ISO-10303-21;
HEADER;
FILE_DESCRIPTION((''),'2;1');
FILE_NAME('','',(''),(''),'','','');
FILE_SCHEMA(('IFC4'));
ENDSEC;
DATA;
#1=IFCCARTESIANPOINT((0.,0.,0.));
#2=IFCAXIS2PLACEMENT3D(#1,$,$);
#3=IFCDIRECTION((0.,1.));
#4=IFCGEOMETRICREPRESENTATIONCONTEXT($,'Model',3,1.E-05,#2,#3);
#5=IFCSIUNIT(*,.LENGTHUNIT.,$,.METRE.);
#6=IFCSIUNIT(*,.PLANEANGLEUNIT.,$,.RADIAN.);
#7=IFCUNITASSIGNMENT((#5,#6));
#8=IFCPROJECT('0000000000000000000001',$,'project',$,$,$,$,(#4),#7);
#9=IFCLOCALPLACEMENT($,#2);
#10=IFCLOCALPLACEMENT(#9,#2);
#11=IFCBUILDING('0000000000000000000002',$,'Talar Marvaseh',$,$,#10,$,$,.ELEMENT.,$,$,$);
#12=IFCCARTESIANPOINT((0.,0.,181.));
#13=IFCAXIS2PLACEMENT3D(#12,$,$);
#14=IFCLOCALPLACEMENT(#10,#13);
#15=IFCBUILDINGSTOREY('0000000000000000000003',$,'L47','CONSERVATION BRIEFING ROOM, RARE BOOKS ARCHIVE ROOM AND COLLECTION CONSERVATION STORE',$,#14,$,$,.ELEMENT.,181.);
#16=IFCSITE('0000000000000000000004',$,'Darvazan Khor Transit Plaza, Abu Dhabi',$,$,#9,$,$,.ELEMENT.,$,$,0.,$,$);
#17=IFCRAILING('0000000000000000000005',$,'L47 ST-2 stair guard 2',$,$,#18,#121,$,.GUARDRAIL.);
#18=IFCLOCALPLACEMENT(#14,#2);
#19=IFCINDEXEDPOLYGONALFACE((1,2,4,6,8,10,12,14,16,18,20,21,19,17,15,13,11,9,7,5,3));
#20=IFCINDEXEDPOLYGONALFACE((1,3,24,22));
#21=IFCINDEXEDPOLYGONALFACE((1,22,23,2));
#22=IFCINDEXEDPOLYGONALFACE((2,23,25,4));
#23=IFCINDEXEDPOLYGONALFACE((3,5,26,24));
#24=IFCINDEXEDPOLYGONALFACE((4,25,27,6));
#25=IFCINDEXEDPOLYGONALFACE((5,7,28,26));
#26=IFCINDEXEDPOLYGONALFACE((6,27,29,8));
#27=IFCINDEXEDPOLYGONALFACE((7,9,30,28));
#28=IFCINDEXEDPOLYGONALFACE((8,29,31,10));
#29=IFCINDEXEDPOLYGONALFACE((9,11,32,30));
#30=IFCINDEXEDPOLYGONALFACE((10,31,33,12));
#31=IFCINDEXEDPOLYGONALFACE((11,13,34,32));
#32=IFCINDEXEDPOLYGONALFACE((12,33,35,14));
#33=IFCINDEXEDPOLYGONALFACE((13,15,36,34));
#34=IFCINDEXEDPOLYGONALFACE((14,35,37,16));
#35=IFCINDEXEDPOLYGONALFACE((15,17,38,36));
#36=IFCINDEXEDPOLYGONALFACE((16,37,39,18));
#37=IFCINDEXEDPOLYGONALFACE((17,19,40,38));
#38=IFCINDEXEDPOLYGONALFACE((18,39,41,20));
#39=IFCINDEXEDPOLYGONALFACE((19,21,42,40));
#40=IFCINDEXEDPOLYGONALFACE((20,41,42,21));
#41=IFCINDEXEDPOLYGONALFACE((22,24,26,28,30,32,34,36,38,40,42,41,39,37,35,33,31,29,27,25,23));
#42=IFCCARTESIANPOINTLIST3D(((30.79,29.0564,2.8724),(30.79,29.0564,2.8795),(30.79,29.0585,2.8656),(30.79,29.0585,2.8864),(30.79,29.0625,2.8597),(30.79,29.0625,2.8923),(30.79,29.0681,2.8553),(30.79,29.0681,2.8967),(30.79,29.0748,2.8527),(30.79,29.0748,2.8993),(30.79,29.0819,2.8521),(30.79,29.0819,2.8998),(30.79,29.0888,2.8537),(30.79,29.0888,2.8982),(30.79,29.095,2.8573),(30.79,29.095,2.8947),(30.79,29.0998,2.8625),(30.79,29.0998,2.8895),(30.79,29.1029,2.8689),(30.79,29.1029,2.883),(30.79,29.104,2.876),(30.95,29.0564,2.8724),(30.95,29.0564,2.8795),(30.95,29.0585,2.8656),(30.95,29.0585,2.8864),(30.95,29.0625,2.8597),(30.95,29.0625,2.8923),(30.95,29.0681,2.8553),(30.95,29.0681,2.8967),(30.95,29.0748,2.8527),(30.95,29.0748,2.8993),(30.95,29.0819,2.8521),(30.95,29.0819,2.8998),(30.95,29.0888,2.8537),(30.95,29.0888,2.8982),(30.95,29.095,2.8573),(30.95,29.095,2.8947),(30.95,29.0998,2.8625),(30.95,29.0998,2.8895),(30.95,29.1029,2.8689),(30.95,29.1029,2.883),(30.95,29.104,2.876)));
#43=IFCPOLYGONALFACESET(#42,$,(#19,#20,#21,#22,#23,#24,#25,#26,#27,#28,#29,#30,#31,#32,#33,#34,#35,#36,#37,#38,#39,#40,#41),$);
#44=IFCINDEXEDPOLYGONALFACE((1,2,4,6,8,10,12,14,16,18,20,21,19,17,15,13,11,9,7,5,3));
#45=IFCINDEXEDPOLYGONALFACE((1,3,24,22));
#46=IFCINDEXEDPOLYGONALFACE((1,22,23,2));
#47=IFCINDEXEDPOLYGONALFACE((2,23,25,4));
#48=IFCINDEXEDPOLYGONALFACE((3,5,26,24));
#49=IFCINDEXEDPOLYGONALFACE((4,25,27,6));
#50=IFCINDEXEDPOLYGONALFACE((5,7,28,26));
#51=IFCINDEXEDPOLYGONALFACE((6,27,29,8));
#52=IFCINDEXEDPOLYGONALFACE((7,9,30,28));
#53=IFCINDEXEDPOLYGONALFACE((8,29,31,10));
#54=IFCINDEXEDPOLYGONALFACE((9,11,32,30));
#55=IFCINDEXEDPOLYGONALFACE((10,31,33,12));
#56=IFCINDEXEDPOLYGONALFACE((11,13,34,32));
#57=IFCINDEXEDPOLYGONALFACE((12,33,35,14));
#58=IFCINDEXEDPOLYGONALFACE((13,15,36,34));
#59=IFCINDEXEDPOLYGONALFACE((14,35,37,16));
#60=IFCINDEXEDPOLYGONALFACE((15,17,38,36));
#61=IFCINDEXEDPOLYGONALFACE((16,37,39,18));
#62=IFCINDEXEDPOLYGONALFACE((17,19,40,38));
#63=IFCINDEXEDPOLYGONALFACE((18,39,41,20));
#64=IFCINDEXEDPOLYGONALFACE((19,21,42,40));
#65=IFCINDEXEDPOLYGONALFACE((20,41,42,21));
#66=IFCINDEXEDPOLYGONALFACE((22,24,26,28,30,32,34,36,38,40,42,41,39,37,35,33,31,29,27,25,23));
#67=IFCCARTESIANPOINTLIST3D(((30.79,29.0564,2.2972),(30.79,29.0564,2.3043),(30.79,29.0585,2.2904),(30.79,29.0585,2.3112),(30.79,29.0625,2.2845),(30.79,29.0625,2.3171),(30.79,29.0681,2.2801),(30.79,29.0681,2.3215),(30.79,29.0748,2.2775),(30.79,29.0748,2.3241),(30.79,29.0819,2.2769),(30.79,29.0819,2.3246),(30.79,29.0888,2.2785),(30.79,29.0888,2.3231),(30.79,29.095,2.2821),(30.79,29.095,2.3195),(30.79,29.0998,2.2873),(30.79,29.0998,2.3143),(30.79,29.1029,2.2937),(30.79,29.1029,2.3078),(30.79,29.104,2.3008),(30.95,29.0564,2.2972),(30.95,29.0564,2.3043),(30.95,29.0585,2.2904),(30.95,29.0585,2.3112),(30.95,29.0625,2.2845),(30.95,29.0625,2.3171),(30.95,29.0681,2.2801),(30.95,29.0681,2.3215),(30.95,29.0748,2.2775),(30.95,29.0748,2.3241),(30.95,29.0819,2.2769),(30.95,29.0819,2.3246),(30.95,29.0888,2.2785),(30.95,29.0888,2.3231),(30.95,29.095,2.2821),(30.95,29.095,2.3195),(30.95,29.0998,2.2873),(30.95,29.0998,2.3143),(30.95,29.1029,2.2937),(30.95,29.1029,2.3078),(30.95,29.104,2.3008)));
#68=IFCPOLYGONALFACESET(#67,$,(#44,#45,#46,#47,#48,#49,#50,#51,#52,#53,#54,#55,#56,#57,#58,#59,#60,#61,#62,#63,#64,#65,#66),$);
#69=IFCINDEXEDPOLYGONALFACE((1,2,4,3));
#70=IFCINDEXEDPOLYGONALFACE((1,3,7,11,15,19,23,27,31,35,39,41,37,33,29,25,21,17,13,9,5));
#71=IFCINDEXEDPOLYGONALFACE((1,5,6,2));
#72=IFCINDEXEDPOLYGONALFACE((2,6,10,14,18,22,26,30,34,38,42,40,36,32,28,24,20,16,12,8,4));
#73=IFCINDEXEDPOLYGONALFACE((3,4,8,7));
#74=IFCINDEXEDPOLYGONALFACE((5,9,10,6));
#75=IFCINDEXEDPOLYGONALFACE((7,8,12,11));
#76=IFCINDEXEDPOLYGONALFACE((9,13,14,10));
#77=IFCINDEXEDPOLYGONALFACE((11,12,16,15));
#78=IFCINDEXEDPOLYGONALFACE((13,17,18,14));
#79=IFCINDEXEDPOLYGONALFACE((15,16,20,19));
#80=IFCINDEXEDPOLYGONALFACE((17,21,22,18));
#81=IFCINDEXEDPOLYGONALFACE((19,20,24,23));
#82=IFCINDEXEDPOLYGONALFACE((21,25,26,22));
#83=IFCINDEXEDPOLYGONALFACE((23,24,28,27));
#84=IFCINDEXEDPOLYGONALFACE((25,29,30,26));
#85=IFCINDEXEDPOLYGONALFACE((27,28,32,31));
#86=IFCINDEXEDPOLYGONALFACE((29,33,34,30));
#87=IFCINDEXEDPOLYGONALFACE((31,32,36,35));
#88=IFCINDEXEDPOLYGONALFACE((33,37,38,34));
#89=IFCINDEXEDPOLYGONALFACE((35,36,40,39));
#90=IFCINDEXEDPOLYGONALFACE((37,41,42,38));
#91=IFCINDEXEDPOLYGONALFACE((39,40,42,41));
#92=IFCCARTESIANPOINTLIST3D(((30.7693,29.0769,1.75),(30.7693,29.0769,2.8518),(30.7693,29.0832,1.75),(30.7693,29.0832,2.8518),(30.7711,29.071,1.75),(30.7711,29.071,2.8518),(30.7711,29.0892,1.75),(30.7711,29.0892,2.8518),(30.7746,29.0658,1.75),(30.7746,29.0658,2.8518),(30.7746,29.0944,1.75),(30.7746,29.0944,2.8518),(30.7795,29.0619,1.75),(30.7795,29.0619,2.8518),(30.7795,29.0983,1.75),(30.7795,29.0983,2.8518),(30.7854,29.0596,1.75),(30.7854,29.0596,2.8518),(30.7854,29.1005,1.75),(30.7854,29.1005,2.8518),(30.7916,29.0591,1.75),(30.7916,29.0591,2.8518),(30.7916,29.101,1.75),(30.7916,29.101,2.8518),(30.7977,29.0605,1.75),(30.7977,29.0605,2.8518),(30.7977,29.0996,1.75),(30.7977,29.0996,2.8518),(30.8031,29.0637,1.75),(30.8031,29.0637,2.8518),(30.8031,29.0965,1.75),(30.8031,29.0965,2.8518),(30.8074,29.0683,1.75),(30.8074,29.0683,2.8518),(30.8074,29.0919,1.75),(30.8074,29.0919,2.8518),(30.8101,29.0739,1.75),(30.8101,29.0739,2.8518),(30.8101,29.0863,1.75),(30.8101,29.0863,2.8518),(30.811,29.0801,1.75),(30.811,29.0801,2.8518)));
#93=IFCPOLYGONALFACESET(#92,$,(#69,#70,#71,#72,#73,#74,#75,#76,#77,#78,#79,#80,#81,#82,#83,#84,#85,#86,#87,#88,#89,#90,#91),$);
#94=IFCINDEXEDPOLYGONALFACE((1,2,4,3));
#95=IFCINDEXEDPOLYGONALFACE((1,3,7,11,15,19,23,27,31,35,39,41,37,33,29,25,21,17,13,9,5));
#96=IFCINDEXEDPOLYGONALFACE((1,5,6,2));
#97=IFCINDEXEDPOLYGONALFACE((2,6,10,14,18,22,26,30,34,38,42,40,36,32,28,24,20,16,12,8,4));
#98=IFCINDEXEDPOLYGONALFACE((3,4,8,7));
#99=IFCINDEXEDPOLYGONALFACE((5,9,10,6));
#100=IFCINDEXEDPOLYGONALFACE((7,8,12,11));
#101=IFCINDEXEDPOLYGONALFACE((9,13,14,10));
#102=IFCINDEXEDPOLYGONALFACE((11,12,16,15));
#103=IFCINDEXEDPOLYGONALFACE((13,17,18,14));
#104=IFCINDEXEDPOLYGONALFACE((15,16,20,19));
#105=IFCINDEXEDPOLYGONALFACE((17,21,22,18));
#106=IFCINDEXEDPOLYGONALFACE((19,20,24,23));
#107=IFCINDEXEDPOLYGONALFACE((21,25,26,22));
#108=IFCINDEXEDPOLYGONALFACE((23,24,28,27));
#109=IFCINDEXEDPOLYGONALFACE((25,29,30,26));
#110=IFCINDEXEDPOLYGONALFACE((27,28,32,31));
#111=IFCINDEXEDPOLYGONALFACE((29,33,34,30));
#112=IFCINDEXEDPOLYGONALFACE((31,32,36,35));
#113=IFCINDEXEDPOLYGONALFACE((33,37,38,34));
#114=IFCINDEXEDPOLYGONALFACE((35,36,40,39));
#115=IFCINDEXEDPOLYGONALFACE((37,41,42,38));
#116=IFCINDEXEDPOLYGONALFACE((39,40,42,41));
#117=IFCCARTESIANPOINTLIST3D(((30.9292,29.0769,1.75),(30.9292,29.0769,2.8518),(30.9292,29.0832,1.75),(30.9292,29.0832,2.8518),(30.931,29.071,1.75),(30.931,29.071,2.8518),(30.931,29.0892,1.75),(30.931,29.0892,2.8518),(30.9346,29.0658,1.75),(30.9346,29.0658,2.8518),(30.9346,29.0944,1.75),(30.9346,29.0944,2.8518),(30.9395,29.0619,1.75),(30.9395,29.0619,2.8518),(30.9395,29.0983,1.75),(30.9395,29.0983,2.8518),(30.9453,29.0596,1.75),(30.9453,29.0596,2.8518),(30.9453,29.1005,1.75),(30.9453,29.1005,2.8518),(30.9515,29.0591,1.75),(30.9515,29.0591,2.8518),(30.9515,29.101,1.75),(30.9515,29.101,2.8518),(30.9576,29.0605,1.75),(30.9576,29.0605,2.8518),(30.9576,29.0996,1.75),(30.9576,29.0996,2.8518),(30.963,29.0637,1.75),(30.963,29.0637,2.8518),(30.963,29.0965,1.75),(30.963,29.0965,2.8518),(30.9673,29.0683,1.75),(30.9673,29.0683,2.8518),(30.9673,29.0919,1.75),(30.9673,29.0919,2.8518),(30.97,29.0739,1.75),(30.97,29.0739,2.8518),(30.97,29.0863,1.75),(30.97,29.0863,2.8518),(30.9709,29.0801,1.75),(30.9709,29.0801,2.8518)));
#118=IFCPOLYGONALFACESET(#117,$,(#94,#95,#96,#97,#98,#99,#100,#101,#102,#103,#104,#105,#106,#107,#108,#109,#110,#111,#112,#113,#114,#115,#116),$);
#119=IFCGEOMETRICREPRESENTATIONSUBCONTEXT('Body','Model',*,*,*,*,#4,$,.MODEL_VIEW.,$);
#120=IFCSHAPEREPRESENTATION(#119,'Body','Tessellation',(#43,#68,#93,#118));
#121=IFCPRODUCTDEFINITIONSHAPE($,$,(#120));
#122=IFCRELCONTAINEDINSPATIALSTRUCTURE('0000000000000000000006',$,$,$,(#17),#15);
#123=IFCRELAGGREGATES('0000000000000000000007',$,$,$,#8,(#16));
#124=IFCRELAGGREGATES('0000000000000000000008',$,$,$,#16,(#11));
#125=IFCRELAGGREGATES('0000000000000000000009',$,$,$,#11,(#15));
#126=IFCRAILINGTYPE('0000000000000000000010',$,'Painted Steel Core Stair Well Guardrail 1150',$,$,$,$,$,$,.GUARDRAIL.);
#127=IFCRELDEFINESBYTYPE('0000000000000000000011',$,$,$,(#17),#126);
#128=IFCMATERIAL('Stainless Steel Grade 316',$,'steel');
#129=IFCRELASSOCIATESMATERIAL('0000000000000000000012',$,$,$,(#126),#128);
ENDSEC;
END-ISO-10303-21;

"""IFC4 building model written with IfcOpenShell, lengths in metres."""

from ifc_helpers import new_model, si_unit, direction, frame, origin, origin_2d, place, context, subcontext, project, spatial, circle, extrude, material, type_object, element, save


model = new_model("IFC4")

# Units and contexts
model_context = context("Model", 3, precision=1e-05, world=origin(), true_north=direction((0.0, 1.0)))
body_context = subcontext(model_context, "Body", "Model", "MODEL_VIEW")
ifc_project = project(units=[si_unit("LENGTHUNIT", "METRE"), si_unit("PLANEANGLEUNIT", "RADIAN")], contexts=[model_context])

# Site, building, storey
site_placement = place(None, origin())
site = spatial("IfcSite", under=ifc_project, at=site_placement, Name="Darvazan Khor Transit Plaza, Abu Dhabi", CompositionType="ELEMENT", RefElevation=0.0)
building_placement = place(site_placement, origin())
building = spatial("IfcBuilding", under=site, at=building_placement, Name="Talar Marvaseh", CompositionType="ELEMENT")
storey_placement = place(building_placement, frame((0.0, 0.0, 181.0)))
storey = spatial("IfcBuildingStorey", under=building, at=storey_placement, Name="L47", Description="CONSERVATION BRIEFING ROOM, RARE BOOKS ARCHIVE ROOM AND COLLECTION CONSERVATION STORE", CompositionType="ELEMENT", Elevation=181.0)

# Shared definitions
ifc_material_1 = material(Name="Stainless Steel Grade 316", Category="steel")

# Railing
railing_type_1 = type_object("IfcRailingType", Name="Painted Steel Core Stair Well Guardrail 1150", PredefinedType="GUARDRAIL", material=ifc_material_1)
railing_1_placement = place(storey_placement, frame((30.79, 29.0801, 1.75)))
element("IfcRailing", 1, at=railing_1_placement, inside=storey, type_object=railing_type_1, Name="L47 ST-2 stair guard 2", PredefinedType="GUARDRAIL", context=body_context, shape_type="SweptSolid", body=[
    extrude(circle(Radius=0.0239, at=origin_2d()), frame((0.0, 0.0, 1.126), z_axis=(1.0, 0.0, 0.0), x_axis=(0.0, 1.0, 0.0)), (0.0, 0.0, 1.0), 0.1599),
    extrude(circle(Radius=0.0239, at=origin_2d()), frame((0.0, 0.0, 0.5508), z_axis=(1.0, 0.0, 0.0), x_axis=(0.0, 1.0, 0.0)), (0.0, 0.0, 1.0), 0.1599),
    extrude(circle(Radius=0.021, at=origin_2d()), origin(), (0.0, 0.0, 1.0), 1.1018),
    extrude(circle(Radius=0.021, at=origin_2d()), frame((0.1599, 0.0, 0.0)), (0.0, 0.0, 1.0), 1.1018),
])

save(model, "model.ifc")
